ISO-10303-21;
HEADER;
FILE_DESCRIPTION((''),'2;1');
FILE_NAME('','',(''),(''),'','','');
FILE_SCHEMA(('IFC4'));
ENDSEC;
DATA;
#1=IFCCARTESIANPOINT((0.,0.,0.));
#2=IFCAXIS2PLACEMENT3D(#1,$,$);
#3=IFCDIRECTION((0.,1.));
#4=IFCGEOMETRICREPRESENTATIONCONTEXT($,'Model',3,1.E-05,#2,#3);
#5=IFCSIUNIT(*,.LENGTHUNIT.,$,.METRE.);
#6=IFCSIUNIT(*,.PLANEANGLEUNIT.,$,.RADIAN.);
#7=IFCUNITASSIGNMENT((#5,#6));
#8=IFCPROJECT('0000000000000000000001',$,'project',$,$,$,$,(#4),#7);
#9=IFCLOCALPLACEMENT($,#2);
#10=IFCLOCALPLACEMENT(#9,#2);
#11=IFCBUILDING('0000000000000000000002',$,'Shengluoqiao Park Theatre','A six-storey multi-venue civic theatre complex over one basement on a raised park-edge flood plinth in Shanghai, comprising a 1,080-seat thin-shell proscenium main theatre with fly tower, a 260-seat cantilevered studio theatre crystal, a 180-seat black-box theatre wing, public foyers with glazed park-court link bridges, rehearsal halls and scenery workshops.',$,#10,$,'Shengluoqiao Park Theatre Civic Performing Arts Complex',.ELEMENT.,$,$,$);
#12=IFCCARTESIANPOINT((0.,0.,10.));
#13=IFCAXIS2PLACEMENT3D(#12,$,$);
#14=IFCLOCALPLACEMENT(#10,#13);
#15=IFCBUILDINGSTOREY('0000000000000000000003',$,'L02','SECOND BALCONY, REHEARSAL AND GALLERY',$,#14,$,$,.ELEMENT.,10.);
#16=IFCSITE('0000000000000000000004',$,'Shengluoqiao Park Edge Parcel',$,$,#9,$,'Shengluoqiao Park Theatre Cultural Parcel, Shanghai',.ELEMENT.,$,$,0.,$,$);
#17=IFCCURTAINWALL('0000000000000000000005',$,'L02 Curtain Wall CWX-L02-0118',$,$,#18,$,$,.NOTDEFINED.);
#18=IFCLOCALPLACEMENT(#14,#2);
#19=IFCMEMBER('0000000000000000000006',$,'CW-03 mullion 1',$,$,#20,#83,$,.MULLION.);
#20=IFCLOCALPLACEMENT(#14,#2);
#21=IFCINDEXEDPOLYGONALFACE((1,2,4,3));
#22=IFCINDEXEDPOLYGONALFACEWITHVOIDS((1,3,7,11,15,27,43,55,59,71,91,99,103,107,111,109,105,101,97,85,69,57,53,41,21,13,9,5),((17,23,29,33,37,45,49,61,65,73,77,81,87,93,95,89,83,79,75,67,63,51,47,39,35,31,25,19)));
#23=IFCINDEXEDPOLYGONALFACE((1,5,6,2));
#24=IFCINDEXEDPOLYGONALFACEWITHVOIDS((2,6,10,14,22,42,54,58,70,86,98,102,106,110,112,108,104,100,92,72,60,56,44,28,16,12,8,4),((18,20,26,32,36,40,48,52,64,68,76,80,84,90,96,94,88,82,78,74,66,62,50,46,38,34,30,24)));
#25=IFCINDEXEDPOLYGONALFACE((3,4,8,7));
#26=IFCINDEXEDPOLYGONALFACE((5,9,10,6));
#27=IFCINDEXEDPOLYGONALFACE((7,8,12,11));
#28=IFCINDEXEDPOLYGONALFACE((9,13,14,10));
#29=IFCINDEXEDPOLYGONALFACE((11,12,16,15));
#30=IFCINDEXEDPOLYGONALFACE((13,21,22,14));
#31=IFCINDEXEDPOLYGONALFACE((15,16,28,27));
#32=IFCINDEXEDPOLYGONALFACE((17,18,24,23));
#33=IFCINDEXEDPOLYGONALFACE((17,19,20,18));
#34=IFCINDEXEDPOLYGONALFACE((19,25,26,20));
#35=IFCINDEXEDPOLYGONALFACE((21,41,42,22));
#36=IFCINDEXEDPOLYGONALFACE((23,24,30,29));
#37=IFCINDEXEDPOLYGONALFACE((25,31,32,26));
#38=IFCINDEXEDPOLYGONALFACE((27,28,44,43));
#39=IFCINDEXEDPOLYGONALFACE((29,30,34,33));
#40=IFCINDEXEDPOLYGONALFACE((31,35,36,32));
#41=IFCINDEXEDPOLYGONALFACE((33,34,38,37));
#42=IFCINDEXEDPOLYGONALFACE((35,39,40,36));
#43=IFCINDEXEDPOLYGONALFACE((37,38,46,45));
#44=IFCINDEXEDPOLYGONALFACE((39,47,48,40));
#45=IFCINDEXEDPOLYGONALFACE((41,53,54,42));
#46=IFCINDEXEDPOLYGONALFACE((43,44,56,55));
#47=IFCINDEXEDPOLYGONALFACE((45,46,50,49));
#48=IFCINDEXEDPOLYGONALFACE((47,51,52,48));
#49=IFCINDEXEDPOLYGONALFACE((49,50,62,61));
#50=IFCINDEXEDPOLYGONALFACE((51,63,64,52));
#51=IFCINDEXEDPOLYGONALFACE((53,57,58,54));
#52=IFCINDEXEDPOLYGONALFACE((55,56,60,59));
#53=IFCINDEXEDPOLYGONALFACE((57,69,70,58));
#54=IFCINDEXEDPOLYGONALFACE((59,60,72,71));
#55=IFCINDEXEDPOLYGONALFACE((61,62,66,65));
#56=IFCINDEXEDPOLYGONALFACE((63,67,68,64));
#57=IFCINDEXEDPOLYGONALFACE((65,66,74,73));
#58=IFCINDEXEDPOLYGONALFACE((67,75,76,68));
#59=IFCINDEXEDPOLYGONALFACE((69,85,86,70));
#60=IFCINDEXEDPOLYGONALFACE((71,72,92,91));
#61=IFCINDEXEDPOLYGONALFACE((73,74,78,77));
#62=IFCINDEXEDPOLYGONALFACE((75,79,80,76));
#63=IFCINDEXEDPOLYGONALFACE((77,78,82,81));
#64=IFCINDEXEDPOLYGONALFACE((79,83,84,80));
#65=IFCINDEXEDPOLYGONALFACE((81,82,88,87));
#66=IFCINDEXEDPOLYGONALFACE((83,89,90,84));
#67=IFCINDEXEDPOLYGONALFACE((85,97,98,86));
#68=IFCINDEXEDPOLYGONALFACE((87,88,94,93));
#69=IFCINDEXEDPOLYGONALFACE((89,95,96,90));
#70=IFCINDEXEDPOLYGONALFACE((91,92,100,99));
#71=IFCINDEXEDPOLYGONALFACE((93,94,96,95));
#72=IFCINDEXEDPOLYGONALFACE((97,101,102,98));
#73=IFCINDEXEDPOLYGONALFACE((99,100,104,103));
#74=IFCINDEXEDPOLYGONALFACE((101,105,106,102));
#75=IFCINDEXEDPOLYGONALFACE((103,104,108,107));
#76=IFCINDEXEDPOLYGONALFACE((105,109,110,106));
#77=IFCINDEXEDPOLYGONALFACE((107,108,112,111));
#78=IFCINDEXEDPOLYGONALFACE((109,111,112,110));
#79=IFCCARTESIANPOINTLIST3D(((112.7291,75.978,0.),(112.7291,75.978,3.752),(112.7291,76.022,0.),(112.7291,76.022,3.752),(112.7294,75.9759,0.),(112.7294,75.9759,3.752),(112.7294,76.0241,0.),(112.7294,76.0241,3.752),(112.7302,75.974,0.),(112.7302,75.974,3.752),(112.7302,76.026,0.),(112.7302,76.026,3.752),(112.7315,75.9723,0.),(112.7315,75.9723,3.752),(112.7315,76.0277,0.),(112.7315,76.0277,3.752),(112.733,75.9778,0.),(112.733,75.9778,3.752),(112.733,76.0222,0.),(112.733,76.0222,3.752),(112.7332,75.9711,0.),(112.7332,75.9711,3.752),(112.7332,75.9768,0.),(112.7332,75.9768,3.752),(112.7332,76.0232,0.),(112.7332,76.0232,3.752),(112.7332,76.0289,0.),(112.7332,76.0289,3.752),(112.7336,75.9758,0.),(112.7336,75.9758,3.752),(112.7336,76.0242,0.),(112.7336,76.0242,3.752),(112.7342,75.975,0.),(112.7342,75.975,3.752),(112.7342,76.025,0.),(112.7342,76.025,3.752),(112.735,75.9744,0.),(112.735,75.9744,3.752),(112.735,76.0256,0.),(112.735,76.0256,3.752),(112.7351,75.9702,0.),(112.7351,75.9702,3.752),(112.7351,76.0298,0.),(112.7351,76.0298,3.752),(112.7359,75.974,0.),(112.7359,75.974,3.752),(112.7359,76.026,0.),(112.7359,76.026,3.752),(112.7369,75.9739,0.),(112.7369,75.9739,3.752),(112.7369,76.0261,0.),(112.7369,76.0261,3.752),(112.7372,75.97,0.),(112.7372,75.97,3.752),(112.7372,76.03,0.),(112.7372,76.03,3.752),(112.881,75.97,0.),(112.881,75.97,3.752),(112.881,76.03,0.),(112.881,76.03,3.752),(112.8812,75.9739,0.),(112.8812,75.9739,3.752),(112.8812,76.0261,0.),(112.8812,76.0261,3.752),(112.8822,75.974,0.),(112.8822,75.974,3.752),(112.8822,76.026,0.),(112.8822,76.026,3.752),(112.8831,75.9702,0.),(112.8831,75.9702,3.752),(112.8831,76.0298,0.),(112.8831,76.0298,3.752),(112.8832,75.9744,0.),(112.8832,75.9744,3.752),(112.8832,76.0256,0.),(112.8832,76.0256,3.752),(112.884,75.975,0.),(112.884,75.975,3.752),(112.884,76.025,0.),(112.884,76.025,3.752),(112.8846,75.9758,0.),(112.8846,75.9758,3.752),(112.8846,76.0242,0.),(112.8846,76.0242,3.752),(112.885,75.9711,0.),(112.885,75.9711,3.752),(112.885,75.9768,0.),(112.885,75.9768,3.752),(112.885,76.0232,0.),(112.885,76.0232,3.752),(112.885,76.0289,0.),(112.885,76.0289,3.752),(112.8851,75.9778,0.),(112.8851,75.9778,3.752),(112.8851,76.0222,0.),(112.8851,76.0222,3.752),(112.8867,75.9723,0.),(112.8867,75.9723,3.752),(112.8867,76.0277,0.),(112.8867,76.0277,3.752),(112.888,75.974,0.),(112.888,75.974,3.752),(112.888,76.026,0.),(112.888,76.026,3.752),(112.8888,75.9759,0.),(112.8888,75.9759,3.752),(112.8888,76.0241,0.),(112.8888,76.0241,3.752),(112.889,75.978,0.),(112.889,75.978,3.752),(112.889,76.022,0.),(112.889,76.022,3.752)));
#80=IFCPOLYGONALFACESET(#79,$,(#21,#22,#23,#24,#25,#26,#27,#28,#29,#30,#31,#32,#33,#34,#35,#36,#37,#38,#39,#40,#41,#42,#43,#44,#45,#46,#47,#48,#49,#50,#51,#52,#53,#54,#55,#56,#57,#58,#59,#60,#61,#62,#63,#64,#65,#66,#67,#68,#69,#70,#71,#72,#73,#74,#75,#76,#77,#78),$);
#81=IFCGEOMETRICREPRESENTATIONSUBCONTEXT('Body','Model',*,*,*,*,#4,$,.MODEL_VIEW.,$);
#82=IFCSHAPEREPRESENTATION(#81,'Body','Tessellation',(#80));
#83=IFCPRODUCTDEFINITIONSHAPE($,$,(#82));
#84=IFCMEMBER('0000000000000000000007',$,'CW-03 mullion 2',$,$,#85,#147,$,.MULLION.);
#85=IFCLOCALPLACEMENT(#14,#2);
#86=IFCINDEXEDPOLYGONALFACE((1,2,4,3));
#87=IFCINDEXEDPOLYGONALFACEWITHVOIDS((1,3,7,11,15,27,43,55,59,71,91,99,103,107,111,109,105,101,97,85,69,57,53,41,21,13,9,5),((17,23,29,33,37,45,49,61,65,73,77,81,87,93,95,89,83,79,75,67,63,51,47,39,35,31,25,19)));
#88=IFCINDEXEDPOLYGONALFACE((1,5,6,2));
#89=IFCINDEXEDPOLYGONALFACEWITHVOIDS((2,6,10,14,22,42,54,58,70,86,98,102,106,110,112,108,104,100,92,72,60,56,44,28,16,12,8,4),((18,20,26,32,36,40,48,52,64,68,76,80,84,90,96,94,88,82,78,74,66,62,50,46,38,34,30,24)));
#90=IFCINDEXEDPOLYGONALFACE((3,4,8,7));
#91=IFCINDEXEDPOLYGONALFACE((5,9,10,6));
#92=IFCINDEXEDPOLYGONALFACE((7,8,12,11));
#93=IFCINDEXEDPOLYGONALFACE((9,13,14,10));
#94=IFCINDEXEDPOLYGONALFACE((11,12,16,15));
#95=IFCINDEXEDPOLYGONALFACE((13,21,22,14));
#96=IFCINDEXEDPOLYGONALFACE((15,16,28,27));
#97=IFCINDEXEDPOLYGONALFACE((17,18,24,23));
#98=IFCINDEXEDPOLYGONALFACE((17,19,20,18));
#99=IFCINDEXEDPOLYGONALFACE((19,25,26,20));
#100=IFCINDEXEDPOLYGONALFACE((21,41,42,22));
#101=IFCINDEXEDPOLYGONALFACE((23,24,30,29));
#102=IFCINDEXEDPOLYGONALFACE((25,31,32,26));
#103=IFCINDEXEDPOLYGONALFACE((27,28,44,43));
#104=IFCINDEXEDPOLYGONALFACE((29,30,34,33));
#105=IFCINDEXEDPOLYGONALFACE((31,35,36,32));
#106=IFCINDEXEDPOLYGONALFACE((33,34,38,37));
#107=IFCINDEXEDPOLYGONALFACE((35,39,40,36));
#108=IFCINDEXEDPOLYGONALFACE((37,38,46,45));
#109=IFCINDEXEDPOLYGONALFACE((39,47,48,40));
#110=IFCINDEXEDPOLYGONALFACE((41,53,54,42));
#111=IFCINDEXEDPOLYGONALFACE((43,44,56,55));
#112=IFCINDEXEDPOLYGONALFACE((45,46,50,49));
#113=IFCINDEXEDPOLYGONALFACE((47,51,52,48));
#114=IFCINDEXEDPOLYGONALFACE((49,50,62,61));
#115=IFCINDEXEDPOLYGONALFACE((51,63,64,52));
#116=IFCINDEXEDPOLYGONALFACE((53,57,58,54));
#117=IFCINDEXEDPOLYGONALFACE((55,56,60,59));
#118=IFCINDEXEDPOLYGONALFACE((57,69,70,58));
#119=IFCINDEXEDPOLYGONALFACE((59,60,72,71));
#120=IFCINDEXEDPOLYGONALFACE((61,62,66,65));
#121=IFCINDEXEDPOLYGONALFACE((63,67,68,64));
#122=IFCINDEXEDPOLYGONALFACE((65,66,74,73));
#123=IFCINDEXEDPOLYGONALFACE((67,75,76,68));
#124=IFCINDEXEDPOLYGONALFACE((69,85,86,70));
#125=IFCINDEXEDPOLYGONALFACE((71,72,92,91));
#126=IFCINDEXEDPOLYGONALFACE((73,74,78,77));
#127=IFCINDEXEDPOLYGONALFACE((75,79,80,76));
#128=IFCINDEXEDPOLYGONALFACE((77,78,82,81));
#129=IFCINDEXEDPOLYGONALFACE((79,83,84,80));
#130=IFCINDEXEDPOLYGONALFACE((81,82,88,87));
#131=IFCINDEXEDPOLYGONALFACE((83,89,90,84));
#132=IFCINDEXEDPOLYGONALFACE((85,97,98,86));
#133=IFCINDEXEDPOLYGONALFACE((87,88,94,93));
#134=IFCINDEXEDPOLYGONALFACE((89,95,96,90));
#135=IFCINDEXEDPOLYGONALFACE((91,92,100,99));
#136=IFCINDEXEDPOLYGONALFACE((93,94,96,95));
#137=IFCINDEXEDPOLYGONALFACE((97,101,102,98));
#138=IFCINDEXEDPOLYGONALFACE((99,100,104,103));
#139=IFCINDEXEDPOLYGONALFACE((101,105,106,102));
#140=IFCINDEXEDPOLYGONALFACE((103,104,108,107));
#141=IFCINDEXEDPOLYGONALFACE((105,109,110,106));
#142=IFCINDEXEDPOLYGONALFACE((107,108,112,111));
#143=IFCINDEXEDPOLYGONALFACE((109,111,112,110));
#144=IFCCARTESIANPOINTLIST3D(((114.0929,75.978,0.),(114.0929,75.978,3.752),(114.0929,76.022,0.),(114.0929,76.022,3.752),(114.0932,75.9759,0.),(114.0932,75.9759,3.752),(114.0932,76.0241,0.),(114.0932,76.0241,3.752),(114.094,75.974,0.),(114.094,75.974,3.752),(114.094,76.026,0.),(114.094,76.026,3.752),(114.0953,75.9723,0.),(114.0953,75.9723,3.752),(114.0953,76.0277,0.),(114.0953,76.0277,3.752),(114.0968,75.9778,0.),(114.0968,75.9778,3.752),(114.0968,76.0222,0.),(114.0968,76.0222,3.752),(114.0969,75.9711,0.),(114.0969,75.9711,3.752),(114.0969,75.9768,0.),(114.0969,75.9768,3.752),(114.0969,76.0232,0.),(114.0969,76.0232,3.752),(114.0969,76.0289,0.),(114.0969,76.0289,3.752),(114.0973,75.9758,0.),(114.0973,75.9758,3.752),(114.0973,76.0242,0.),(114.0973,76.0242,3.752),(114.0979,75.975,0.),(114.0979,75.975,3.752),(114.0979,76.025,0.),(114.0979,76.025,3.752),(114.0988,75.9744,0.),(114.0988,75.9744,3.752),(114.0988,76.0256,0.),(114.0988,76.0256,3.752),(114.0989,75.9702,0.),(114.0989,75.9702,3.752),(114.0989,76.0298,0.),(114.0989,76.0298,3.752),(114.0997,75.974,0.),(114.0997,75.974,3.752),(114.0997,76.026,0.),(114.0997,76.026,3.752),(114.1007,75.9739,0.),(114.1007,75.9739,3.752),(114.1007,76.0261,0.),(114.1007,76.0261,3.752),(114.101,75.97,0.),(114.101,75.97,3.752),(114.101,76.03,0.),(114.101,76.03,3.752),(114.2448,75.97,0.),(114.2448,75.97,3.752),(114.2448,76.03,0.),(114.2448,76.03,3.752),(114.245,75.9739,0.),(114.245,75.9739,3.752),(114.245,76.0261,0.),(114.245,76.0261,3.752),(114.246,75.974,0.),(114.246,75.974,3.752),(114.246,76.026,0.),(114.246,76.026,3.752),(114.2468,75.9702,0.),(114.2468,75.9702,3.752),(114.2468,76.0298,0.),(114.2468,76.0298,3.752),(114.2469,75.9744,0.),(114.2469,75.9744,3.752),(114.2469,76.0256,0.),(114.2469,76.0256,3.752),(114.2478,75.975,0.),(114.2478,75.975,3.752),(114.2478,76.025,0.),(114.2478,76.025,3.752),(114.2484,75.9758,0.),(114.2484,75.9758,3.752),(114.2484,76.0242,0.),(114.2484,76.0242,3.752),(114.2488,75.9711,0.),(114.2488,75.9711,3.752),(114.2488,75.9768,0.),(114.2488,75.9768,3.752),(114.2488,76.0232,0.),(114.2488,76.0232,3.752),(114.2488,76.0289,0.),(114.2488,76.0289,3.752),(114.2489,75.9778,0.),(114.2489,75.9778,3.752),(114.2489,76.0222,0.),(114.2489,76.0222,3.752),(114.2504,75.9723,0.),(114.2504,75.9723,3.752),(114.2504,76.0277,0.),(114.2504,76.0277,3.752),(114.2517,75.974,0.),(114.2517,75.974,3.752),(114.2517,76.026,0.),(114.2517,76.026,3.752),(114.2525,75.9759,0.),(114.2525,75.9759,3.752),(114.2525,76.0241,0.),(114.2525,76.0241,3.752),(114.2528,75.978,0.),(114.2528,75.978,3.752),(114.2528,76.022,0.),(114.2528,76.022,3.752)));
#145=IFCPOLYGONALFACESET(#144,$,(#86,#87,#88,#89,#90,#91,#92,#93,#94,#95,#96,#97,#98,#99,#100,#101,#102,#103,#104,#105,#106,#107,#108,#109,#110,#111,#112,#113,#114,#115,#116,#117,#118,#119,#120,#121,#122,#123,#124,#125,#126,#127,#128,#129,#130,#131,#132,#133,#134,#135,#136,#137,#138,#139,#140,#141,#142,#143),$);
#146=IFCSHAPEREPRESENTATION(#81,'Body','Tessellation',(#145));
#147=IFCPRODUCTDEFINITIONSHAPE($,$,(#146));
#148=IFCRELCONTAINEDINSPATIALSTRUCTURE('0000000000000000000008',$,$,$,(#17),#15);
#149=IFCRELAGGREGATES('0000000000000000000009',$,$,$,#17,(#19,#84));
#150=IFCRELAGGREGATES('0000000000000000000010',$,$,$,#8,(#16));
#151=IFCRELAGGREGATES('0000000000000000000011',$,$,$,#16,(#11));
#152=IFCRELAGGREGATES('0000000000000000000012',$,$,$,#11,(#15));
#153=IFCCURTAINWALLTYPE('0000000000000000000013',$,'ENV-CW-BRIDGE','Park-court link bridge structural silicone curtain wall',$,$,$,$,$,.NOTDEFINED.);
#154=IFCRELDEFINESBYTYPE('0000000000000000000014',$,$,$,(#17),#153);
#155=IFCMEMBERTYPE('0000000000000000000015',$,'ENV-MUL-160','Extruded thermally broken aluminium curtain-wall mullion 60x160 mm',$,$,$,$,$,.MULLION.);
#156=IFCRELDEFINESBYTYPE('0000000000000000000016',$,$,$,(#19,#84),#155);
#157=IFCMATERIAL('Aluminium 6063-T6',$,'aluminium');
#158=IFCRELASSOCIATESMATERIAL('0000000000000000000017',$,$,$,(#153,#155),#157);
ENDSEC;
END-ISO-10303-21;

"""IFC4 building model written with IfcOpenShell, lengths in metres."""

from ifc_helpers import new_model, si_unit, direction, frame, origin, origin_2d, place, context, subcontext, project, spatial, hollow_rectangle, extrude, material, material_profile, profile_set, type_object, element, aggregate, save


model = new_model("IFC4")

# Units and contexts
model_context = context("Model", 3, precision=1e-05, world=origin(), true_north=direction((0.0, 1.0)))
body_context = subcontext(model_context, "Body", "Model", "MODEL_VIEW")
ifc_project = project(units=[si_unit("LENGTHUNIT", "METRE"), si_unit("PLANEANGLEUNIT", "RADIAN")], contexts=[model_context])

# Site, building, storey
site_placement = place(None, origin())
site = spatial("IfcSite", under=ifc_project, at=site_placement, Name="Shengluoqiao Park Edge Parcel", LongName="Shengluoqiao Park Theatre Cultural Parcel, Shanghai", CompositionType="ELEMENT", RefElevation=0.0)
building_placement = place(site_placement, origin())
building = spatial("IfcBuilding", under=site, at=building_placement, Name="Shengluoqiao Park Theatre", Description="A six-storey multi-venue civic theatre complex over one basement on a raised park-edge flood plinth in Shanghai, comprising a 1,080-seat thin-shell proscenium main theatre with fly tower, a 260-seat cantilevered studio theatre crystal, a 180-seat black-box theatre wing, public foyers with glazed park-court link bridges, rehearsal halls and scenery workshops.", LongName="Shengluoqiao Park Theatre Civic Performing Arts Complex", CompositionType="ELEMENT")
storey_placement = place(building_placement, frame((0.0, 0.0, 10.0)))
storey = spatial("IfcBuildingStorey", under=building, at=storey_placement, Name="L02", Description="SECOND BALCONY, REHEARSAL AND GALLERY", CompositionType="ELEMENT", Elevation=10.0)

# Curtain wall, members
ifc_material_1 = material(Name="Aluminium 6063-T6", Category="aluminium")
curtain_wall_type = type_object("IfcCurtainWallType", Name="ENV-CW-BRIDGE", Description="Park-court link bridge structural silicone curtain wall", PredefinedType="NOTDEFINED", material=ifc_material_1)
ifc_material_profile_1 = material_profile(ifc_material_1, hollow_rectangle(XDim=0.0601, YDim=0.1599, WallThickness=0.0039, InnerFilletRadius=0.0039, OuterFilletRadius=0.0081, at=origin_2d()), Name="ALU MULLION 160x60x4")
ifc_profile_set_1 = profile_set([ifc_material_profile_1], Name="Aluminium 6063-T6")
member_type_1 = type_object("IfcMemberType", Name="ENV-MUL-160", Description="Extruded thermally broken aluminium curtain-wall mullion 60x160 mm", PredefinedType="MULLION", material=ifc_profile_set_1)
curtain_wall_1_placement = place(storey_placement, origin())
curtain_wall_1 = element("IfcCurtainWall", 1, at=curtain_wall_1_placement, inside=storey, type_object=curtain_wall_type, Name="L02 Curtain Wall CWX-L02-0118", PredefinedType="NOTDEFINED")
member_1_placement = place(storey_placement, frame((112.8091, 76.0, 0.0), z_axis=(0.0, 0.0, 1.0), x_axis=(0.0, 1.0, 0.0)))
member_1 = element("IfcMember", 2, at=member_1_placement, type_object=member_type_1, Name="CW-03 mullion 1", PredefinedType="MULLION", context=body_context, shape_type="SweptSolid", body=[
    extrude(hollow_rectangle(XDim=0.0601, YDim=0.1599, WallThickness=0.0039, InnerFilletRadius=0.0039, OuterFilletRadius=0.0081, at=origin_2d()), origin(), (0.0, 0.0, 1.0), 3.752),
])
member_2_placement = place(storey_placement, frame((114.1729, 76.0, 0.0), z_axis=(0.0, 0.0, 1.0), x_axis=(0.0, 1.0, 0.0)))
member_2 = element("IfcMember", 3, at=member_2_placement, type_object=member_type_1, Name="CW-03 mullion 2", PredefinedType="MULLION", context=body_context, shape_type="SweptSolid", body=[
    extrude(hollow_rectangle(XDim=0.0601, YDim=0.1599, WallThickness=0.0039, InnerFilletRadius=0.0039, OuterFilletRadius=0.0081, at=origin_2d()), origin(), (0.0, 0.0, 1.0), 3.752),
])

aggregate(curtain_wall_1, [member_1, member_2])

save(model, "model.ifc")
